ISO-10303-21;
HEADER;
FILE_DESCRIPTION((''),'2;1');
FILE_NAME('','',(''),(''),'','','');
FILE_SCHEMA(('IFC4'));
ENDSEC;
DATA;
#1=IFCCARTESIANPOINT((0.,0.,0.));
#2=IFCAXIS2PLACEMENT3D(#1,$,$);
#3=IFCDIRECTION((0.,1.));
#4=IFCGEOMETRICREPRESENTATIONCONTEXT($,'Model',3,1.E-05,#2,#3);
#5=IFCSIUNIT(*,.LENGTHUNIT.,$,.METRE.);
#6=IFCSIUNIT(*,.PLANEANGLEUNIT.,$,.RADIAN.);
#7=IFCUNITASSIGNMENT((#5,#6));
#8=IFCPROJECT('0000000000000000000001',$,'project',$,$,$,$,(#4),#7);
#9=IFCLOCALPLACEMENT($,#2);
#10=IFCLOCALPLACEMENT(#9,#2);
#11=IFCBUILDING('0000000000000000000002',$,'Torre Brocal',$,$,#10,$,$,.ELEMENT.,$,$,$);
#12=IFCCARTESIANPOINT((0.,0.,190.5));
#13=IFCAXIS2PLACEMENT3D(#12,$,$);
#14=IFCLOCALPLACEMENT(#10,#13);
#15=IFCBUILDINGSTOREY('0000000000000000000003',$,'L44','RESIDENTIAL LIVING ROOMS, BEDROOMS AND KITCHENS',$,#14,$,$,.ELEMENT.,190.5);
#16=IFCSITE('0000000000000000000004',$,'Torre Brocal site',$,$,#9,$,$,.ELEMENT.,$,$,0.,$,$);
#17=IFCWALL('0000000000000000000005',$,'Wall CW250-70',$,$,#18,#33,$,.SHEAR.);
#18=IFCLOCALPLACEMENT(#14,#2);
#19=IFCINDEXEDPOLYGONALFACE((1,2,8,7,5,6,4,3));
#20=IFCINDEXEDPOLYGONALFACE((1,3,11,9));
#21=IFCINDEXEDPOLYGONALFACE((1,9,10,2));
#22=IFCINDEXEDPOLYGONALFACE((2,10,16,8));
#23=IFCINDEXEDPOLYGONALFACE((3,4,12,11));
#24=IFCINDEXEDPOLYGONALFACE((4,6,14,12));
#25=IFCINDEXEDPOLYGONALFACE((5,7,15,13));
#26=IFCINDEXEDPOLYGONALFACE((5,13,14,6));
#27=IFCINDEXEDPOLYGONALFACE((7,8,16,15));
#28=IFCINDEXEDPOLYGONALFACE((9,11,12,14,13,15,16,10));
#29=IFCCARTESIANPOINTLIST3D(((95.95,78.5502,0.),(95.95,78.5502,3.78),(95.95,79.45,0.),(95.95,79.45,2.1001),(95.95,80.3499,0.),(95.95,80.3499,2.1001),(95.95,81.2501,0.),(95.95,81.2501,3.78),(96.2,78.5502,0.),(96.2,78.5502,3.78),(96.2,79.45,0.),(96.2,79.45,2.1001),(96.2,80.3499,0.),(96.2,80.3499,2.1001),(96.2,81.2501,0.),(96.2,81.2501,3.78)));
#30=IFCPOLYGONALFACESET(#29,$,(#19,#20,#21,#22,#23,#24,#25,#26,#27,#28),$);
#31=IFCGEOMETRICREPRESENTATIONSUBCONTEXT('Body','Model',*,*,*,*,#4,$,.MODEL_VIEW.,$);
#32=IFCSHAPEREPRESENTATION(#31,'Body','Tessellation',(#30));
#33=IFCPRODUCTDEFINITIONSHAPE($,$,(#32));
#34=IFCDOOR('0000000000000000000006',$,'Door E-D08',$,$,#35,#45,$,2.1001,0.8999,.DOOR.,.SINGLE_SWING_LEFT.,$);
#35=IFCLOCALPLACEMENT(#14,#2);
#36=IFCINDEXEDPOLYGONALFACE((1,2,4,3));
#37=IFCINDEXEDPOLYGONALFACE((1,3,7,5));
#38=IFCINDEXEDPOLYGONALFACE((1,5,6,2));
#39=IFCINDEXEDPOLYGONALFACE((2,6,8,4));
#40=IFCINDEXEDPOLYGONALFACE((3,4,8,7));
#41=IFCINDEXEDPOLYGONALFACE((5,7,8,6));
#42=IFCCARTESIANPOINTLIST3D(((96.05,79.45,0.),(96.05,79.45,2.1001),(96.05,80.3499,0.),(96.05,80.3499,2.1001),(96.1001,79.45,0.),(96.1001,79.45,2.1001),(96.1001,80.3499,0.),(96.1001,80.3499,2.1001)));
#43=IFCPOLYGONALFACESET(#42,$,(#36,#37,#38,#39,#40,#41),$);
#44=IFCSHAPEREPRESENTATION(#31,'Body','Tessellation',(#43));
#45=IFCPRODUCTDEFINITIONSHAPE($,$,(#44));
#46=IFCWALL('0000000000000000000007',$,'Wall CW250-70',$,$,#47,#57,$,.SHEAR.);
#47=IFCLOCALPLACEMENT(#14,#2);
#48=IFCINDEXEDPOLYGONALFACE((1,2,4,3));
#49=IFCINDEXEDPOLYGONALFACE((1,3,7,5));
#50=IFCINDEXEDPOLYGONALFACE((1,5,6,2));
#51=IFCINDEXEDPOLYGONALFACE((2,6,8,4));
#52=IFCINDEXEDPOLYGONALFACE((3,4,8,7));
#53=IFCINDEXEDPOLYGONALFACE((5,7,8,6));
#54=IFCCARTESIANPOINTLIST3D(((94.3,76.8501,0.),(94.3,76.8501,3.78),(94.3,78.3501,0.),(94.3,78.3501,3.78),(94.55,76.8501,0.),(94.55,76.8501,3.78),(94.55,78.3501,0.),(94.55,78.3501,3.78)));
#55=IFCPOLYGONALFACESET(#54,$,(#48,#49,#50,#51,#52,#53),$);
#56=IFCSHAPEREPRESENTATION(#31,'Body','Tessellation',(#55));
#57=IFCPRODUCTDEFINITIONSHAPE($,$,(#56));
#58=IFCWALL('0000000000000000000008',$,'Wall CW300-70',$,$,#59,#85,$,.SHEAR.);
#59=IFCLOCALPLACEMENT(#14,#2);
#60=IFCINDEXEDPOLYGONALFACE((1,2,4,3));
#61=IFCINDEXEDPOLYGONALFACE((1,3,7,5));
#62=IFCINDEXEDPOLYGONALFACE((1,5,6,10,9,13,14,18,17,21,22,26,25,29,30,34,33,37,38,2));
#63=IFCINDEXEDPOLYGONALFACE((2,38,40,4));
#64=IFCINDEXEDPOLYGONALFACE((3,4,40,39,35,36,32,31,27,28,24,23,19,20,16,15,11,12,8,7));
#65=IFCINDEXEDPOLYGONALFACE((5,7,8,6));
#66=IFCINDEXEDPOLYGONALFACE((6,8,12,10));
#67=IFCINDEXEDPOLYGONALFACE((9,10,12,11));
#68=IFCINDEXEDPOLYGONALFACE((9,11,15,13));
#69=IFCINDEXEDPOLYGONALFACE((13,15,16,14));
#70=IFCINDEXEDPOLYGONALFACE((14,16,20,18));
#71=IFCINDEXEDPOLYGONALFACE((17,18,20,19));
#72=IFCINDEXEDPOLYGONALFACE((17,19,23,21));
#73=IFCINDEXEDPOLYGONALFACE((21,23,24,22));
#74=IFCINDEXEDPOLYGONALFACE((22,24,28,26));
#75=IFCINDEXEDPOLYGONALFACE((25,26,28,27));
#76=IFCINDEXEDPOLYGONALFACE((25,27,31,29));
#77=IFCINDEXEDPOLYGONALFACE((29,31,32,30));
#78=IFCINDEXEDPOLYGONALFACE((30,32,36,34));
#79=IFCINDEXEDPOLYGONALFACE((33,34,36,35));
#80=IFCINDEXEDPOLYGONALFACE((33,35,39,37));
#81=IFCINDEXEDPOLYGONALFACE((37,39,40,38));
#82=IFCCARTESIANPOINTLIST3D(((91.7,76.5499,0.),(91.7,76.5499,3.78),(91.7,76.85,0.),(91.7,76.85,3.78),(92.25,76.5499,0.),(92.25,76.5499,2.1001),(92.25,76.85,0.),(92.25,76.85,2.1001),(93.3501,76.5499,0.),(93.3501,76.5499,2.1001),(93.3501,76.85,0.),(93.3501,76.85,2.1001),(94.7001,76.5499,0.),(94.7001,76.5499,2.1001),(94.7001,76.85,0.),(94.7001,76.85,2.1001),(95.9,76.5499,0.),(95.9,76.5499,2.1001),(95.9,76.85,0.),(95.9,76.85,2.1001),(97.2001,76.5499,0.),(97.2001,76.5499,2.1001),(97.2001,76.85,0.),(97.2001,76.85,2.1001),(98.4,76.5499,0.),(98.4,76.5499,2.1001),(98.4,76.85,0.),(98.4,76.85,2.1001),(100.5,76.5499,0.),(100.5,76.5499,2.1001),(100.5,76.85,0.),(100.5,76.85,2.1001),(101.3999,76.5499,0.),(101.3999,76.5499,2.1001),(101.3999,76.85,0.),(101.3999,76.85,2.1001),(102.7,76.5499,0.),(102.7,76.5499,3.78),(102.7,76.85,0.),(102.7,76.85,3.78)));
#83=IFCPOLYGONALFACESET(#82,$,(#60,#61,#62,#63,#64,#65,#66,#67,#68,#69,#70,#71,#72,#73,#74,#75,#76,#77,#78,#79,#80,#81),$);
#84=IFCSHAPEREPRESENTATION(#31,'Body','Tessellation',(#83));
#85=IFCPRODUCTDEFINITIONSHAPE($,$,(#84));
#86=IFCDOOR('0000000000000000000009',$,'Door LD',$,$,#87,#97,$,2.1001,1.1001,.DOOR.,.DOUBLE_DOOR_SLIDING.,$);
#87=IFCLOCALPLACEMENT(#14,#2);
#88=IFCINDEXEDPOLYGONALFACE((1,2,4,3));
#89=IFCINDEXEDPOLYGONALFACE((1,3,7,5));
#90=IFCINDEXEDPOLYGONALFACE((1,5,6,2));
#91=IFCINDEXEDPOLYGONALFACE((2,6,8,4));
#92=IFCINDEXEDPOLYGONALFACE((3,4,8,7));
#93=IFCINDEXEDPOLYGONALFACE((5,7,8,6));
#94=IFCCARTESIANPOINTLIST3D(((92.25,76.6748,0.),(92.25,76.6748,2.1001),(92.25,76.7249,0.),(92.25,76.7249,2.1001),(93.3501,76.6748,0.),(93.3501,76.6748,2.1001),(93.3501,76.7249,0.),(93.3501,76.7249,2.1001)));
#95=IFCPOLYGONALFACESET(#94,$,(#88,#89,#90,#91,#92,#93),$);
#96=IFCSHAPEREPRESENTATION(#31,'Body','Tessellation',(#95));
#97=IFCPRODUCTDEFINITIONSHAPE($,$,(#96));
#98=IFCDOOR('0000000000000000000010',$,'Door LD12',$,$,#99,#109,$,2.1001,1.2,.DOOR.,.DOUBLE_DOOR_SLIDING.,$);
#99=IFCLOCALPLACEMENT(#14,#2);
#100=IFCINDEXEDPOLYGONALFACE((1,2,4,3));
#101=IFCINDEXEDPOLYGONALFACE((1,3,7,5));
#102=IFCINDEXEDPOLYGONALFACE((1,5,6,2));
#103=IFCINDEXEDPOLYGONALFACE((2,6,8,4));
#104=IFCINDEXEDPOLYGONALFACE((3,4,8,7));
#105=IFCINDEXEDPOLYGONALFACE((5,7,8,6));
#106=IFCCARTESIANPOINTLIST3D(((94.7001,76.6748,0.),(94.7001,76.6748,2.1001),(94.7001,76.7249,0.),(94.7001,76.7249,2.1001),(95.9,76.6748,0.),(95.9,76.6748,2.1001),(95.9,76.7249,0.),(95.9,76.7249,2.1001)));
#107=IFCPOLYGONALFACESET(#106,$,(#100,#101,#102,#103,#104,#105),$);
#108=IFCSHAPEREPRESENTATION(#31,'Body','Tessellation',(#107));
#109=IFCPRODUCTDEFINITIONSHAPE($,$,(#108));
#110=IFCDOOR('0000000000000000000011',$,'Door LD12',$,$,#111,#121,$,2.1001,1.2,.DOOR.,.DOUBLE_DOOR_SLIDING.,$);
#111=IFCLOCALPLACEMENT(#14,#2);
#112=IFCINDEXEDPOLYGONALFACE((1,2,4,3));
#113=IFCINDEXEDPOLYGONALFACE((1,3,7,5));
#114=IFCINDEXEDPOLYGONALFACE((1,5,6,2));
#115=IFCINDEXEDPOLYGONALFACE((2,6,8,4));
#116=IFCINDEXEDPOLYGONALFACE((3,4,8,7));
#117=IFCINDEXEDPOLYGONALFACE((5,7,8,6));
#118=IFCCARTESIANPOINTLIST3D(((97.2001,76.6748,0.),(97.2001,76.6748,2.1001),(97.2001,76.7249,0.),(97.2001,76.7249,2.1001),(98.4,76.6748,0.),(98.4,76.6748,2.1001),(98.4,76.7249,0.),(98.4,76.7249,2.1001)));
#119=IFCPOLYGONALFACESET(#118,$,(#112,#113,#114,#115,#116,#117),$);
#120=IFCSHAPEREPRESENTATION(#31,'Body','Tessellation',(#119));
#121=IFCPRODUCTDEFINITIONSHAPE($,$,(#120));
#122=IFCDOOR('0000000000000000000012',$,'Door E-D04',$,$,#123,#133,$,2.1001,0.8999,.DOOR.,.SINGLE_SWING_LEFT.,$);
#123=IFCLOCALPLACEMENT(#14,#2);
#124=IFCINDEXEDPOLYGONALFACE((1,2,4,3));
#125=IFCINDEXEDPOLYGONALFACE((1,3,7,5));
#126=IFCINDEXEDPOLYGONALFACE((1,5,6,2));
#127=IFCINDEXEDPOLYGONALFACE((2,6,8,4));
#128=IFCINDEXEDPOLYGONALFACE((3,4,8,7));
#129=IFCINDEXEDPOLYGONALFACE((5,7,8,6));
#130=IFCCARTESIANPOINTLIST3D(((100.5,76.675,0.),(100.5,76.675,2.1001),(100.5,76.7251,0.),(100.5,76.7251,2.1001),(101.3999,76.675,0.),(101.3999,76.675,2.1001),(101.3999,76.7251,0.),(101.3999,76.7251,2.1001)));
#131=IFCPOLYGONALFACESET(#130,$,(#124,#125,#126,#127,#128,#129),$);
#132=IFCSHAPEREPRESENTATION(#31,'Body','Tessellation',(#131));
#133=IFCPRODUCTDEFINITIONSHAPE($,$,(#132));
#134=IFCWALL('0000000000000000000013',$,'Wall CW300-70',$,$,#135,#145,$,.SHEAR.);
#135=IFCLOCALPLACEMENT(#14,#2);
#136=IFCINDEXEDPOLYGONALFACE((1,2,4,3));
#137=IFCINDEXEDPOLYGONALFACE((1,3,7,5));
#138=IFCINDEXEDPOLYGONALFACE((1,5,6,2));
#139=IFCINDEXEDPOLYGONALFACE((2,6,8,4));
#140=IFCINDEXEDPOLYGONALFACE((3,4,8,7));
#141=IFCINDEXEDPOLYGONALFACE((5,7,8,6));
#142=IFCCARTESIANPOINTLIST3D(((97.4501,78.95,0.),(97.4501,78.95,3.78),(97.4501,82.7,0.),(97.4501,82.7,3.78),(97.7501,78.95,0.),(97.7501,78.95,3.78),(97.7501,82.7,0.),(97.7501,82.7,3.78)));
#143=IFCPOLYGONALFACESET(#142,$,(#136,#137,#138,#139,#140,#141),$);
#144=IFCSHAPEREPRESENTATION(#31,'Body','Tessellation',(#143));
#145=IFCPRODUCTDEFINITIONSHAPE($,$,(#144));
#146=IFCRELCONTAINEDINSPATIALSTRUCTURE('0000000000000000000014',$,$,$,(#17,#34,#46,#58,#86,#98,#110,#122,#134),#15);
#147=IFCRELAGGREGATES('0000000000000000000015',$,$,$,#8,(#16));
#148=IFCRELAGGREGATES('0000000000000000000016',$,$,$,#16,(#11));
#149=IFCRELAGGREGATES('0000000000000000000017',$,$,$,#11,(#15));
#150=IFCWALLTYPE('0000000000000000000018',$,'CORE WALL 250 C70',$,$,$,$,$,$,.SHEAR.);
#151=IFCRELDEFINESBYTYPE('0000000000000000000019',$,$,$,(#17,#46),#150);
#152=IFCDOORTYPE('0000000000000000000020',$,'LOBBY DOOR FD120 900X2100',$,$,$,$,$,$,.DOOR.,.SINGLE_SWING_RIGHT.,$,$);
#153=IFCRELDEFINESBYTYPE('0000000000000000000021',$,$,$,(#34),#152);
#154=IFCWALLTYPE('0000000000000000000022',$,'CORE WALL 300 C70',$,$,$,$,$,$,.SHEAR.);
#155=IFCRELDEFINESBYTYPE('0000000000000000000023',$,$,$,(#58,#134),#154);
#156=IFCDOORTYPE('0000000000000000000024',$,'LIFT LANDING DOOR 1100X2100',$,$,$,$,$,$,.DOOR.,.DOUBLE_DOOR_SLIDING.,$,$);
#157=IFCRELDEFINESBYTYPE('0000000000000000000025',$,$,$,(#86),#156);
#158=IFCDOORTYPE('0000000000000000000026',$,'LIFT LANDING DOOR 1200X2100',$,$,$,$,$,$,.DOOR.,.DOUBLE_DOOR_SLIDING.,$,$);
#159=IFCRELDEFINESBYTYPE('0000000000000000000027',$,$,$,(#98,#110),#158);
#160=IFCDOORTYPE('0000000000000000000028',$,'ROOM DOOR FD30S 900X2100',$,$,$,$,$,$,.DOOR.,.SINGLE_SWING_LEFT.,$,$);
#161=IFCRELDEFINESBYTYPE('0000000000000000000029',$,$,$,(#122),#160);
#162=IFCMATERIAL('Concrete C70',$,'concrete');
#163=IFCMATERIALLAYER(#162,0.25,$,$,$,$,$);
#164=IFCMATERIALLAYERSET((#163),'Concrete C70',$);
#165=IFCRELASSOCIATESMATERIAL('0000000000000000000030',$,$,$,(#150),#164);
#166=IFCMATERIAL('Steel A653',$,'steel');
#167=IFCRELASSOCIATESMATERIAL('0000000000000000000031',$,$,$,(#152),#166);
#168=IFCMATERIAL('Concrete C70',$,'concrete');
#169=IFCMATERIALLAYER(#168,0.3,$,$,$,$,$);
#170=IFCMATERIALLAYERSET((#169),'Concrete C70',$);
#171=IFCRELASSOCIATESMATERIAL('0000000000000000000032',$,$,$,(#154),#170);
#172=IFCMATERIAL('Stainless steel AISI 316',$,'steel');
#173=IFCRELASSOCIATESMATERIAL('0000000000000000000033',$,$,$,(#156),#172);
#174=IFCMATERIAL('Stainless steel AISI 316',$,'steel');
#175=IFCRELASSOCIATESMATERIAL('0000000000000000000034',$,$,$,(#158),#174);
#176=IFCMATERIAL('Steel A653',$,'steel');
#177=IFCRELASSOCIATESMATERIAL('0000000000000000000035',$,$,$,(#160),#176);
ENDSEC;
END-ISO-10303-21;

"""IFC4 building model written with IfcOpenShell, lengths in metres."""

from ifc_helpers import new_model, si_unit, direction, frame, frame_2d, origin, place, context, subcontext, project, spatial, rectangle, extrude, material, layer, layer_set, type_object, element, fill, save


model = new_model("IFC4")

# Units and contexts
model_context = context("Model", 3, precision=1e-05, world=origin(), true_north=direction((0.0, 1.0)))
body_context = subcontext(model_context, "Body", "Model", "MODEL_VIEW")
ifc_project = project(units=[si_unit("LENGTHUNIT", "METRE"), si_unit("PLANEANGLEUNIT", "RADIAN")], contexts=[model_context])

# Site, building, storey
site_placement = place(None, origin())
site = spatial("IfcSite", under=ifc_project, at=site_placement, Name="Torre Brocal site", CompositionType="ELEMENT", RefElevation=0.0)
building_placement = place(site_placement, origin())
building = spatial("IfcBuilding", under=site, at=building_placement, Name="Torre Brocal", CompositionType="ELEMENT")
storey_placement = place(building_placement, frame((0.0, 0.0, 190.5)))
storey = spatial("IfcBuildingStorey", under=building, at=storey_placement, Name="L44", Description="RESIDENTIAL LIVING ROOMS, BEDROOMS AND KITCHENS", CompositionType="ELEMENT", Elevation=190.5)

# Wall, opening, door
ifc_material_1 = material(Name="Concrete C70", Category="concrete")
ifc_layer_1 = layer(ifc_material_1, 0.25)
ifc_layer_set_1 = layer_set([ifc_layer_1], Name="Concrete C70")
wall_type_1 = type_object("IfcWallType", Name="CORE WALL 250 C70", PredefinedType="SHEAR", material=ifc_layer_set_1)
wall_1_placement = place(storey_placement, frame((96.075, 78.55, 0.0), z_axis=(0.0, 0.0, 1.0), x_axis=(0.0, 1.0, 0.0)))
wall_1 = element("IfcWall", 1, at=wall_1_placement, inside=storey, type_object=wall_type_1, Name="Wall CW250-70", PredefinedType="SHEAR", context=body_context, shape_type="SweptSolid", body=[
    extrude(rectangle(XDim=2.7, YDim=0.25, at=frame_2d((1.3501, 0.0))), origin(), (0.0, 0.0, 1.0), 3.78),
])
opening_1_placement = place(wall_1_placement, frame((0.8999, 0.0, 0.0)))
opening_1 = element("IfcOpeningElement", 2, at=opening_1_placement, cuts=wall_1, PredefinedType="OPENING", context=body_context, shape_type="SweptSolid", body=[
    extrude(rectangle(XDim=0.8999, YDim=2.1001, at=frame_2d((0.45, 1.05))), frame((0.0, 0.135, 0.0), z_axis=(0.0, -1.0, 0.0), x_axis=(1.0, 0.0, 0.0)), (0.0, 0.0, 1.0), 0.27),
])
ifc_material_2 = material(Name="Steel A653", Category="steel")
door_type_1 = type_object("IfcDoorType", Name="LOBBY DOOR FD120 900X2100", OperationType="SINGLE_SWING_RIGHT", PredefinedType="DOOR", material=ifc_material_2)
door_1_placement = place(opening_1_placement, origin())
door_1 = element("IfcDoor", 3, at=door_1_placement, inside=storey, type_object=door_type_1, Name="Door E-D08", OperationType="SINGLE_SWING_LEFT", OverallHeight=2.1001, OverallWidth=0.8999, PredefinedType="DOOR", context=body_context, shape_type="SweptSolid", body=[
    extrude(rectangle(XDim=0.8999, YDim=2.1001, at=frame_2d((0.45, 1.05))), frame((0.0, 0.0249, 0.0), z_axis=(0.0, -1.0, 0.0), x_axis=(1.0, 0.0, 0.0)), (0.0, 0.0, 1.0), 0.05),
])
fill(opening_1, door_1)

# Wall
wall_2_placement = place(storey_placement, frame((94.425, 76.8501, 0.0), z_axis=(0.0, 0.0, 1.0), x_axis=(0.0, 1.0, 0.0)))
element("IfcWall", 4, at=wall_2_placement, inside=storey, type_object=wall_type_1, Name="Wall CW250-70", PredefinedType="SHEAR", context=body_context, shape_type="SweptSolid", body=[
    extrude(rectangle(XDim=1.5, YDim=0.25, at=frame_2d((0.75, 0.0))), origin(), (0.0, 0.0, 1.0), 3.78),
])

# Wall, openings, doors
ifc_material_3 = material(Name="Concrete C70", Category="concrete")
ifc_layer_2 = layer(ifc_material_3, 0.3)
ifc_layer_set_2 = layer_set([ifc_layer_2], Name="Concrete C70")
wall_type_2 = type_object("IfcWallType", Name="CORE WALL 300 C70", PredefinedType="SHEAR", material=ifc_layer_set_2)
wall_3_placement = place(storey_placement, frame((91.7, 76.7, 0.0), z_axis=(0.0, 0.0, 1.0), x_axis=(1.0, 0.0, 0.0)))
wall_3 = element("IfcWall", 5, at=wall_3_placement, inside=storey, type_object=wall_type_2, Name="Wall CW300-70", PredefinedType="SHEAR", context=body_context, shape_type="SweptSolid", body=[
    extrude(rectangle(XDim=11.0, YDim=0.3, at=frame_2d((5.5, 0.0))), origin(), (0.0, 0.0, 1.0), 3.78),
])
opening_2_placement = place(wall_3_placement, frame((0.55, 0.0, 0.0)))
opening_2 = element("IfcOpeningElement", 6, at=opening_2_placement, cuts=wall_3, PredefinedType="OPENING", context=body_context, shape_type="SweptSolid", body=[
    extrude(rectangle(XDim=1.1001, YDim=2.1001, at=frame_2d((0.55, 1.05))), frame((0.0, 0.1599, 0.0), z_axis=(0.0, -1.0, 0.0), x_axis=(1.0, 0.0, 0.0)), (0.0, 0.0, 1.0), 0.3201),
])
opening_3_placement = place(wall_3_placement, frame((3.0, 0.0, 0.0)))
opening_3 = element("IfcOpeningElement", 7, at=opening_3_placement, cuts=wall_3, PredefinedType="OPENING", context=body_context, shape_type="SweptSolid", body=[
    extrude(rectangle(XDim=1.2, YDim=2.1001, at=frame_2d((0.6001, 1.05))), frame((0.0, 0.1599, 0.0), z_axis=(0.0, -1.0, 0.0), x_axis=(1.0, 0.0, 0.0)), (0.0, 0.0, 1.0), 0.3201),
])
opening_4_placement = place(wall_3_placement, frame((5.5, 0.0, 0.0)))
opening_4 = element("IfcOpeningElement", 8, at=opening_4_placement, cuts=wall_3, PredefinedType="OPENING", context=body_context, shape_type="SweptSolid", body=[
    extrude(rectangle(XDim=1.2, YDim=2.1001, at=frame_2d((0.6001, 1.05))), frame((0.0, 0.1599, 0.0), z_axis=(0.0, -1.0, 0.0), x_axis=(1.0, 0.0, 0.0)), (0.0, 0.0, 1.0), 0.3201),
])
opening_5_placement = place(wall_3_placement, frame((8.8, 0.0, 0.0)))
opening_5 = element("IfcOpeningElement", 9, at=opening_5_placement, cuts=wall_3, PredefinedType="OPENING", context=body_context, shape_type="SweptSolid", body=[
    extrude(rectangle(XDim=0.8999, YDim=2.1001, at=frame_2d((0.45, 1.05))), frame((0.0, 0.1599, 0.0), z_axis=(0.0, -1.0, 0.0), x_axis=(1.0, 0.0, 0.0)), (0.0, 0.0, 1.0), 0.3201),
])
ifc_material_4 = material(Name="Stainless steel AISI 316", Category="steel")
door_type_2 = type_object("IfcDoorType", Name="LIFT LANDING DOOR 1100X2100", OperationType="DOUBLE_DOOR_SLIDING", PredefinedType="DOOR", material=ifc_material_4)
door_2_placement = place(opening_2_placement, origin())
door_2 = element("IfcDoor", 10, at=door_2_placement, inside=storey, type_object=door_type_2, Name="Door LD", OperationType="DOUBLE_DOOR_SLIDING", OverallHeight=2.1001, OverallWidth=1.1001, PredefinedType="DOOR", context=body_context, shape_type="SweptSolid", body=[
    extrude(rectangle(XDim=1.1001, YDim=2.1001, at=frame_2d((0.55, 1.05))), frame((0.0, 0.0249, 0.0), z_axis=(0.0, -1.0, 0.0), x_axis=(1.0, 0.0, 0.0)), (0.0, 0.0, 1.0), 0.05),
])
fill(opening_2, door_2)
ifc_material_5 = material(Name="Stainless steel AISI 316", Category="steel")
door_type_3 = type_object("IfcDoorType", Name="LIFT LANDING DOOR 1200X2100", OperationType="DOUBLE_DOOR_SLIDING", PredefinedType="DOOR", material=ifc_material_5)
door_3_placement = place(opening_3_placement, origin())
door_3 = element("IfcDoor", 11, at=door_3_placement, inside=storey, type_object=door_type_3, Name="Door LD12", OperationType="DOUBLE_DOOR_SLIDING", OverallHeight=2.1001, OverallWidth=1.2, PredefinedType="DOOR", context=body_context, shape_type="SweptSolid", body=[
    extrude(rectangle(XDim=1.2, YDim=2.1001, at=frame_2d((0.6001, 1.05))), frame((0.0, 0.0249, 0.0), z_axis=(0.0, -1.0, 0.0), x_axis=(1.0, 0.0, 0.0)), (0.0, 0.0, 1.0), 0.05),
])
fill(opening_3, door_3)
door_4_placement = place(opening_4_placement, origin())
door_4 = element("IfcDoor", 12, at=door_4_placement, inside=storey, type_object=door_type_3, Name="Door LD12", OperationType="DOUBLE_DOOR_SLIDING", OverallHeight=2.1001, OverallWidth=1.2, PredefinedType="DOOR", context=body_context, shape_type="SweptSolid", body=[
    extrude(rectangle(XDim=1.2, YDim=2.1001, at=frame_2d((0.6001, 1.05))), frame((0.0, 0.0249, 0.0), z_axis=(0.0, -1.0, 0.0), x_axis=(1.0, 0.0, 0.0)), (0.0, 0.0, 1.0), 0.05),
])
fill(opening_4, door_4)
ifc_material_6 = material(Name="Steel A653", Category="steel")
door_type_4 = type_object("IfcDoorType", Name="ROOM DOOR FD30S 900X2100", OperationType="SINGLE_SWING_LEFT", PredefinedType="DOOR", material=ifc_material_6)
door_5_placement = place(opening_5_placement, frame((0.8999, 0.0, 0.0), z_axis=(0.0, 0.0, 1.0), x_axis=(-1.0, 0.0, 0.0)))
door_5 = element("IfcDoor", 13, at=door_5_placement, inside=storey, type_object=door_type_4, Name="Door E-D04", OperationType="SINGLE_SWING_LEFT", OverallHeight=2.1001, OverallWidth=0.8999, PredefinedType="DOOR", context=body_context, shape_type="SweptSolid", body=[
    extrude(rectangle(XDim=0.8999, YDim=2.1001, at=frame_2d((0.45, 1.05))), frame((0.0, 0.0249, 0.0), z_axis=(0.0, -1.0, 0.0), x_axis=(1.0, 0.0, 0.0)), (0.0, 0.0, 1.0), 0.05),
])
fill(opening_5, door_5)

# Wall
wall_4_placement = place(storey_placement, frame((97.6001, 78.95, 0.0), z_axis=(0.0, 0.0, 1.0), x_axis=(0.0, 1.0, 0.0)))
element("IfcWall", 14, at=wall_4_placement, inside=storey, type_object=wall_type_2, Name="Wall CW300-70", PredefinedType="SHEAR", context=body_context, shape_type="SweptSolid", body=[
    extrude(rectangle(XDim=3.75, YDim=0.3, at=frame_2d((1.875, 0.0))), origin(), (0.0, 0.0, 1.0), 3.78),
])

save(model, "model.ifc")
